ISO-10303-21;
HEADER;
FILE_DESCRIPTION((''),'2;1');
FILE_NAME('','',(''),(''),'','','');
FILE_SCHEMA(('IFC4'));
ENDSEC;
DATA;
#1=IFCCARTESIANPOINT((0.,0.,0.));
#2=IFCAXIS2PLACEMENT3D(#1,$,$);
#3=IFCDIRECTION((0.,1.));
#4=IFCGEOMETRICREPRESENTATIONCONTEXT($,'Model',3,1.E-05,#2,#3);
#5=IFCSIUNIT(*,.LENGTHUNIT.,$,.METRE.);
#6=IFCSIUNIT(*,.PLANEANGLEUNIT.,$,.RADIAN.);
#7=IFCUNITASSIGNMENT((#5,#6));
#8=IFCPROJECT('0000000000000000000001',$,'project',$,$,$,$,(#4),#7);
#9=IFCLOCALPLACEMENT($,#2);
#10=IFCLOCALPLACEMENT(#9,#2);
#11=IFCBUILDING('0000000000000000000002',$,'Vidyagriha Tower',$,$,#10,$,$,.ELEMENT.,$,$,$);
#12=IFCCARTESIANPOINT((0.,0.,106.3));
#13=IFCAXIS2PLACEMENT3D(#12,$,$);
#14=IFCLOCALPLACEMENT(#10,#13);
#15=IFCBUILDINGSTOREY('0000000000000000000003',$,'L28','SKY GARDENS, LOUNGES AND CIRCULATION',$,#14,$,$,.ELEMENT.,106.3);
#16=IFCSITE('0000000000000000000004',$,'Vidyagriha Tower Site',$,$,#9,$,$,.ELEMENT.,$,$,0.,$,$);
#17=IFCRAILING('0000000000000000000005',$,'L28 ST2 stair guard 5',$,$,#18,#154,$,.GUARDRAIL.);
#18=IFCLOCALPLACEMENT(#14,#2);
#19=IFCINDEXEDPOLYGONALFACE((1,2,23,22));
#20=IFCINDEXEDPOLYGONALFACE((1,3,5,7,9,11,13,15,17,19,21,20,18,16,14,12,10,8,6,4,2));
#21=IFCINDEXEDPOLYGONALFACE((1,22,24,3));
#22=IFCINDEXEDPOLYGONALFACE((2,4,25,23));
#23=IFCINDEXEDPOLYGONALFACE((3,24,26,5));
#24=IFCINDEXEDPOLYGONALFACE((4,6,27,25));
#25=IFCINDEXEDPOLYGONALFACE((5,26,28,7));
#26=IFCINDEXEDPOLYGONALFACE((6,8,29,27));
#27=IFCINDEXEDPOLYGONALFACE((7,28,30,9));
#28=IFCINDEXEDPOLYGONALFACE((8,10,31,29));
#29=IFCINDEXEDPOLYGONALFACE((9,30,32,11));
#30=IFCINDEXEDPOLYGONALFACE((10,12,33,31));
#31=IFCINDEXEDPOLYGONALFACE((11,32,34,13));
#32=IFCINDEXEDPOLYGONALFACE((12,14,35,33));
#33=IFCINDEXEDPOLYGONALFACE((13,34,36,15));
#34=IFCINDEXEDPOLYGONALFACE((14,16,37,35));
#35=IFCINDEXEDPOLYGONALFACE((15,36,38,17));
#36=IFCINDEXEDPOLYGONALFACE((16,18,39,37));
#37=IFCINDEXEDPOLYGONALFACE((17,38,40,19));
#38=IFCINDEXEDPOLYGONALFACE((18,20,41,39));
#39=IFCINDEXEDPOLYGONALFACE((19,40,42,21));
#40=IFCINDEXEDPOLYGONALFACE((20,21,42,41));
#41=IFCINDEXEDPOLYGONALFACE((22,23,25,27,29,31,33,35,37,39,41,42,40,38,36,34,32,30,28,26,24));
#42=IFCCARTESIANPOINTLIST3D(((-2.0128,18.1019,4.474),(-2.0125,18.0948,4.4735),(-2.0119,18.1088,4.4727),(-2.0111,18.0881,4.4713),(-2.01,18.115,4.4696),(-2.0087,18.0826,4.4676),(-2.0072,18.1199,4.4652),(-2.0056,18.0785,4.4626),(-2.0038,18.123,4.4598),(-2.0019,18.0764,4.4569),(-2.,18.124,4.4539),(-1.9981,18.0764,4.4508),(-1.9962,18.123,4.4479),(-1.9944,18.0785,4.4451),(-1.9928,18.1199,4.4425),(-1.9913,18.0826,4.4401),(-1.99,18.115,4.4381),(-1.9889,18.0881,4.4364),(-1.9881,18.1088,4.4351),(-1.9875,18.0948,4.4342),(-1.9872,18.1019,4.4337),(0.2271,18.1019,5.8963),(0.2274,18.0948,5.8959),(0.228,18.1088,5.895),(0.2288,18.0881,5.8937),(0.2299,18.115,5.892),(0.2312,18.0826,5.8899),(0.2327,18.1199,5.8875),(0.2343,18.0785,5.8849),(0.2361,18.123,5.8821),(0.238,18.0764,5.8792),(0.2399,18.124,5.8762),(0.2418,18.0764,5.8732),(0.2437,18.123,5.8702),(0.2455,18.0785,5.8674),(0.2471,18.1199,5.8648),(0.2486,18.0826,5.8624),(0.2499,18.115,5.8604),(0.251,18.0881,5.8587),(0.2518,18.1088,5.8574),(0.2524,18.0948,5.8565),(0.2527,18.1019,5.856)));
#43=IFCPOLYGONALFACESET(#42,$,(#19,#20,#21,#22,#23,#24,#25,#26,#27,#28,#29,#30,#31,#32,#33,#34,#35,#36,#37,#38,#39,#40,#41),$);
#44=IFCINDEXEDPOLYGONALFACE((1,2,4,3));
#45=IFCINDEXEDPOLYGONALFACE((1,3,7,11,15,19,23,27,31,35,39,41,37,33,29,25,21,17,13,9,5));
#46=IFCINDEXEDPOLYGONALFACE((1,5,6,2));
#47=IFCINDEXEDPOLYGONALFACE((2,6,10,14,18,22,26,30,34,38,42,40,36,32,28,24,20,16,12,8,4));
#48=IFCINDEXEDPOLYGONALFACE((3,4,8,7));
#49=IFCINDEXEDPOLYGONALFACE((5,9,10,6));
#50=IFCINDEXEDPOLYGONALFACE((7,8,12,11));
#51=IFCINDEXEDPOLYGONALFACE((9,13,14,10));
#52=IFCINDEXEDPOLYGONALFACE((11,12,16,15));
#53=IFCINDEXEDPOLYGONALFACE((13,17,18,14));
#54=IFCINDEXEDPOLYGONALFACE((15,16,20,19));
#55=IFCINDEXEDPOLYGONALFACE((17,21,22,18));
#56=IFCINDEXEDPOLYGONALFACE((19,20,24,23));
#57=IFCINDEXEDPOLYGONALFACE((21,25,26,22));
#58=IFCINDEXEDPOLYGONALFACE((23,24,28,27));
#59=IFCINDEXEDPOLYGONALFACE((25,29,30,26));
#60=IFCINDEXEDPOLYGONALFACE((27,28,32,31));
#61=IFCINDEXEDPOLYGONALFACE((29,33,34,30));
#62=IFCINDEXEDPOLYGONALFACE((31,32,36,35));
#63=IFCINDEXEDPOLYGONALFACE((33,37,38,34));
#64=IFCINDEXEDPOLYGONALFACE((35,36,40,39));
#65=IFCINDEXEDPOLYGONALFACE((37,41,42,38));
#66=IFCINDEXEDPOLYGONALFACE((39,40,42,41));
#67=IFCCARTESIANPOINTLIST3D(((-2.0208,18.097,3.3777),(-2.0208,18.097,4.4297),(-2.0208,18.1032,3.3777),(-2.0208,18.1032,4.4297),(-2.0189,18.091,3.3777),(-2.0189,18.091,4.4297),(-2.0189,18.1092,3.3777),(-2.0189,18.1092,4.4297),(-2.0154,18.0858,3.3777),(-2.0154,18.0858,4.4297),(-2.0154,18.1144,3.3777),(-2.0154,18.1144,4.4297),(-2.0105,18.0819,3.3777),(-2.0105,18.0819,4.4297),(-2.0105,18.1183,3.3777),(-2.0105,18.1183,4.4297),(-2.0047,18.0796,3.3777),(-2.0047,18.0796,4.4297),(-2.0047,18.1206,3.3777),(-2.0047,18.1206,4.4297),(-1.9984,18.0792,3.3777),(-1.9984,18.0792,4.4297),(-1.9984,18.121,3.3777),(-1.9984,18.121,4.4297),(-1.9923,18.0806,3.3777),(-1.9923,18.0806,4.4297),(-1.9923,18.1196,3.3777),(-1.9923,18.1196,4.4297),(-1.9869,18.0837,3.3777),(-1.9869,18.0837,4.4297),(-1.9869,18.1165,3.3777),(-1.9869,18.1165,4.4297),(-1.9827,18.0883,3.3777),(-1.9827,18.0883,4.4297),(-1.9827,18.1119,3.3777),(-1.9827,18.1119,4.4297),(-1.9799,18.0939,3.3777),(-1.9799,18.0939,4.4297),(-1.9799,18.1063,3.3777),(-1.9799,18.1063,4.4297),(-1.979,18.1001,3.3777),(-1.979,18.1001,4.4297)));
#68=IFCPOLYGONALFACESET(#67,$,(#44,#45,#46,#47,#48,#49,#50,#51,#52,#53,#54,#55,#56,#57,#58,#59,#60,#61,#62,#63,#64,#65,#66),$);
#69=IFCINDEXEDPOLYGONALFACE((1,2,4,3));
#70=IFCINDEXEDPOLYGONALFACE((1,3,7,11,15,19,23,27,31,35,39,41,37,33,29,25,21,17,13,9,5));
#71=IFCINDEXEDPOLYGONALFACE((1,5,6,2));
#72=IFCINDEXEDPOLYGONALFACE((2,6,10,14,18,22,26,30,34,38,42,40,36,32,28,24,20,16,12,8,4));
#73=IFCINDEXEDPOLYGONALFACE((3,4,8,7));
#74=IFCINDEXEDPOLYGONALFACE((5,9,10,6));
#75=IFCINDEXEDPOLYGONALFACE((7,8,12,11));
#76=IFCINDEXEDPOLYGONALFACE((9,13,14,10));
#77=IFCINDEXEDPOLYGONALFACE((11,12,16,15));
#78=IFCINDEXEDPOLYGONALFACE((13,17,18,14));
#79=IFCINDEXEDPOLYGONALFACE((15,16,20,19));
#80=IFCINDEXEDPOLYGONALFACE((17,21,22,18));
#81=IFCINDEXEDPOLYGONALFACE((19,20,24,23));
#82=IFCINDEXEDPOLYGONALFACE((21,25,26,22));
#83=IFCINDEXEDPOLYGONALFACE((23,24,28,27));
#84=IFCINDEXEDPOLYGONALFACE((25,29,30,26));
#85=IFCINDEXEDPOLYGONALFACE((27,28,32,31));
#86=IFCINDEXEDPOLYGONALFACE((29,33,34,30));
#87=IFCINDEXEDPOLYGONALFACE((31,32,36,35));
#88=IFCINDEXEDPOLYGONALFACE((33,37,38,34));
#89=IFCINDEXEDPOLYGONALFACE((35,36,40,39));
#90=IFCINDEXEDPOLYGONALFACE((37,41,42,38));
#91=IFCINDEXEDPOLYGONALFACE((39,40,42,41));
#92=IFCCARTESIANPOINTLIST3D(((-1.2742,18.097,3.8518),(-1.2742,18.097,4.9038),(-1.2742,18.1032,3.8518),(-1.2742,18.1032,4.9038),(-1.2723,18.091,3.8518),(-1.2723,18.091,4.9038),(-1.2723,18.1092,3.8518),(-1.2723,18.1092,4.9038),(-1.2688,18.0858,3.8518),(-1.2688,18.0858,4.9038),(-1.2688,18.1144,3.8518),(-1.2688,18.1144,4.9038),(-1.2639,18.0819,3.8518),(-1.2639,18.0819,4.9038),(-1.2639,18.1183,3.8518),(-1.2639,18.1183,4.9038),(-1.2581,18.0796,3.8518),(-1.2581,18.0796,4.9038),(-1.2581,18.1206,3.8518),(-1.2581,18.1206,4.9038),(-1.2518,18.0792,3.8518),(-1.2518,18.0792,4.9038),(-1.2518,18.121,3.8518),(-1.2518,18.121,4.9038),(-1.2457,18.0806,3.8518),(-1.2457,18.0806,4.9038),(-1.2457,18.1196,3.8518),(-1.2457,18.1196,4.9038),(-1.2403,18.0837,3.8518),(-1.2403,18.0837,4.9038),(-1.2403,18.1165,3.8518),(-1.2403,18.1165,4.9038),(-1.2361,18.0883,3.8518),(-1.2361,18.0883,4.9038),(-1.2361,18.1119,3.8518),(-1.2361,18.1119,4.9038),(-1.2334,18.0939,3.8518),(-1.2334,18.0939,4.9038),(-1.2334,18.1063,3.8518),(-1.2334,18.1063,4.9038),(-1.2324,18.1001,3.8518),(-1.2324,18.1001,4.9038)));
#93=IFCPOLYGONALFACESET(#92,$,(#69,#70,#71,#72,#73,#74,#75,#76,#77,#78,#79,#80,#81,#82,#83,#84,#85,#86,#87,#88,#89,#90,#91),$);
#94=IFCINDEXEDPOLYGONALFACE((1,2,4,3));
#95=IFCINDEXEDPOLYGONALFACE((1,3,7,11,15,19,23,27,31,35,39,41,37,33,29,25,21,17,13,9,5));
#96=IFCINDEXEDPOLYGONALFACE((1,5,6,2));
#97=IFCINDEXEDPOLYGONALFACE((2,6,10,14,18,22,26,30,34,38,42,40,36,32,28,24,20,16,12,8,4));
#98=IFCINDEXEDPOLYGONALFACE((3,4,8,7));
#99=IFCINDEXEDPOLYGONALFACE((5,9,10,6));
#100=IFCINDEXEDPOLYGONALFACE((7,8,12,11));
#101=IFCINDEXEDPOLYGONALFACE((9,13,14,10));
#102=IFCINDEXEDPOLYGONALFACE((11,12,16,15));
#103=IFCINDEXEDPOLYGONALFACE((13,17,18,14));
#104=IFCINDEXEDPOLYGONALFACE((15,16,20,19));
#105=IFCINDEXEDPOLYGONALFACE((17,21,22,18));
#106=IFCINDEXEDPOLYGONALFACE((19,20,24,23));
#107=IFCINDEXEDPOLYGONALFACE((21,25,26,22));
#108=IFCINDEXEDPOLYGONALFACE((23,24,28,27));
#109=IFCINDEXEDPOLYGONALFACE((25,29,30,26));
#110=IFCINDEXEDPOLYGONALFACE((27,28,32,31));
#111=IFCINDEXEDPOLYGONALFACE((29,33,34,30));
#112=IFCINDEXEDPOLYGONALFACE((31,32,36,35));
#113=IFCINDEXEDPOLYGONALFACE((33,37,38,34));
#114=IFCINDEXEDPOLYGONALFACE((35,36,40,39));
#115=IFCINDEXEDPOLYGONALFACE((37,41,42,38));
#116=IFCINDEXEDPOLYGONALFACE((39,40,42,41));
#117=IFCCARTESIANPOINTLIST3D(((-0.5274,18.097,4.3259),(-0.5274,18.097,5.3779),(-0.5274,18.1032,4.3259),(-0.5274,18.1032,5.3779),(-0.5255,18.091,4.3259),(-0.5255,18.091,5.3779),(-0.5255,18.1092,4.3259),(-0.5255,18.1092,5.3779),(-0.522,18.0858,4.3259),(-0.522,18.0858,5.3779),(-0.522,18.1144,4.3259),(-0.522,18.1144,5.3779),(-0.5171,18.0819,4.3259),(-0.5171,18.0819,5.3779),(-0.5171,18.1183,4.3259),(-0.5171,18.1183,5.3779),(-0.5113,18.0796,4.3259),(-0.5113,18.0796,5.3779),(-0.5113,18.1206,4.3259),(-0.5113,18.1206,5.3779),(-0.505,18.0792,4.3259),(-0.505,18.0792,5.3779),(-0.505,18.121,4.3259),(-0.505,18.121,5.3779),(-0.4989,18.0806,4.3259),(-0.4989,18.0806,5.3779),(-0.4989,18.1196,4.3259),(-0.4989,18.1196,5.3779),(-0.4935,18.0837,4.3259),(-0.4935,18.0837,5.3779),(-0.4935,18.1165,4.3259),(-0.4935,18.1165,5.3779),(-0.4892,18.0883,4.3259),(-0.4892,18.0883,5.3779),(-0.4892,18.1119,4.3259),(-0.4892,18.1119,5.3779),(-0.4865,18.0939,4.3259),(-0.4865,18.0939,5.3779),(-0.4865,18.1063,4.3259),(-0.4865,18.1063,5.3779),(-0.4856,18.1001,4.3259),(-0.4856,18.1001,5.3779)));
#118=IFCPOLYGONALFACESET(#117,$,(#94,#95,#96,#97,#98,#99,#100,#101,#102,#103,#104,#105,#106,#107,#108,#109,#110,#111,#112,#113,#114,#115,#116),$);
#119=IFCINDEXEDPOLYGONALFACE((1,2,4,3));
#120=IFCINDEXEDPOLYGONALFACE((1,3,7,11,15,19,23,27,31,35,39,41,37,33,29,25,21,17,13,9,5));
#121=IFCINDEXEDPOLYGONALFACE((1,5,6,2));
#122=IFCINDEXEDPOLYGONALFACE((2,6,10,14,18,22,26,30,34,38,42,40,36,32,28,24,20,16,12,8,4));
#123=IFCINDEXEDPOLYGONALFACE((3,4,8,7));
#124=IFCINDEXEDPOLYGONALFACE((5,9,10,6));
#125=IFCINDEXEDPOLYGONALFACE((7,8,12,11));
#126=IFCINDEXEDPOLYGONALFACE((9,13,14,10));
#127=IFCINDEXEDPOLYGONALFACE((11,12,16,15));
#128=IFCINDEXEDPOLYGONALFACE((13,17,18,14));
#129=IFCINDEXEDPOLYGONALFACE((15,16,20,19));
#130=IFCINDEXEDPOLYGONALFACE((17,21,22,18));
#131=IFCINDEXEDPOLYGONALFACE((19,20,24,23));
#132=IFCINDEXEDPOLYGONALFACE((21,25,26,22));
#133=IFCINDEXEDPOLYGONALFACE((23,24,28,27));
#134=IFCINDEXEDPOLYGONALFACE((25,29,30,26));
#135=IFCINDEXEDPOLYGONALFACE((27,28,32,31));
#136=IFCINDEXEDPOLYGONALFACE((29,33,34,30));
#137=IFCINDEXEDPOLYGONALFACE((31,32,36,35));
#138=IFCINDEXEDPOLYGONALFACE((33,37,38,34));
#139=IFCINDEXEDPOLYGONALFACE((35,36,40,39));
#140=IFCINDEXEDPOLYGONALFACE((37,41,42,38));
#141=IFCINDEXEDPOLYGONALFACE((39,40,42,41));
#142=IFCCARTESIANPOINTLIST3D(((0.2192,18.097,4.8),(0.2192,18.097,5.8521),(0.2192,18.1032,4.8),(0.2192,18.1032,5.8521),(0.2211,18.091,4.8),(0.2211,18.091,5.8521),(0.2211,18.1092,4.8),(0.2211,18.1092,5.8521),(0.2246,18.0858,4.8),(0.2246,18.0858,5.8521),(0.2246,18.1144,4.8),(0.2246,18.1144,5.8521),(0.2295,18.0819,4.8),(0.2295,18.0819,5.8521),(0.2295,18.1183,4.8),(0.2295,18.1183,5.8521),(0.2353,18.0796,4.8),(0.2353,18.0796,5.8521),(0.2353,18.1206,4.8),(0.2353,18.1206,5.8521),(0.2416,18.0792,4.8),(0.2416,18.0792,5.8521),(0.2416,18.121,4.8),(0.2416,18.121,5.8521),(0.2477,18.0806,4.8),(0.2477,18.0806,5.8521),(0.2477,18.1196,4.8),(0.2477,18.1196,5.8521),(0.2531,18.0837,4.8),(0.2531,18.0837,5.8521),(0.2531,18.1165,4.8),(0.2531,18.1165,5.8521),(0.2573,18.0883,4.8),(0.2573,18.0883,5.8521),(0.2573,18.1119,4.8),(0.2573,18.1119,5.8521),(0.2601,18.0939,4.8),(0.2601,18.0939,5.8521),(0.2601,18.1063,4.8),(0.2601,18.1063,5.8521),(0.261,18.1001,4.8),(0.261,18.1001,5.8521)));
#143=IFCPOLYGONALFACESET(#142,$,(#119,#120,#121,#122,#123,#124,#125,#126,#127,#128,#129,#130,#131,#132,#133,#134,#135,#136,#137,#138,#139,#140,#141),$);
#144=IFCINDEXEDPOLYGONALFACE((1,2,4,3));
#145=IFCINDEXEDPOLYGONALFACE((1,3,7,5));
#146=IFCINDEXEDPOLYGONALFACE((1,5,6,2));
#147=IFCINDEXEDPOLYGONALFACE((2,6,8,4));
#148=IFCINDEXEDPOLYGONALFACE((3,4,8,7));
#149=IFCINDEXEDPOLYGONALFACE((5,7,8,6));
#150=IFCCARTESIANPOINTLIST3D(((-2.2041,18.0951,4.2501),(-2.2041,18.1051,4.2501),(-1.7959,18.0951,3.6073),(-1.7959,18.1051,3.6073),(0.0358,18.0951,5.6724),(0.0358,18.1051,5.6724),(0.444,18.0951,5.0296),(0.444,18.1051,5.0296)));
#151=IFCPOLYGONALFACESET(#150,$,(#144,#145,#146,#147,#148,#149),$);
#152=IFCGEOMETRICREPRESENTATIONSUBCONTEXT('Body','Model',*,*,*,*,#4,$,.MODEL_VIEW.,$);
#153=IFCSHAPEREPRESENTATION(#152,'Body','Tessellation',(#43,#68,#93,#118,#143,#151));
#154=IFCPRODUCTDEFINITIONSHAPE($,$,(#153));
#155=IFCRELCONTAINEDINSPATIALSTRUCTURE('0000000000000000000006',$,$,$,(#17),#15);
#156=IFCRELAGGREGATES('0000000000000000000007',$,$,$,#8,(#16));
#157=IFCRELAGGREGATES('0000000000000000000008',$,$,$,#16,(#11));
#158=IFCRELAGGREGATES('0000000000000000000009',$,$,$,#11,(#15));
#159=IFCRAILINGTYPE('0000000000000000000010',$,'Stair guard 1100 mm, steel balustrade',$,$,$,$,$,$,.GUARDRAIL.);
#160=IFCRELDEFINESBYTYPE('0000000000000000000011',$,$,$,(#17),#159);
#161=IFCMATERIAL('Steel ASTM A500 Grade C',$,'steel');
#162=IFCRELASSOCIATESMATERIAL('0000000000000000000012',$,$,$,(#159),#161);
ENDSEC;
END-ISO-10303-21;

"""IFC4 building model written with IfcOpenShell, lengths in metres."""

from ifc_helpers import new_model, si_unit, direction, frame, origin, origin_2d, place, context, subcontext, project, spatial, rectangle, circle, extrude, material, type_object, element, save


model = new_model("IFC4")

# Units and contexts
model_context = context("Model", 3, precision=1e-05, world=origin(), true_north=direction((0.0, 1.0)))
body_context = subcontext(model_context, "Body", "Model", "MODEL_VIEW")
ifc_project = project(units=[si_unit("LENGTHUNIT", "METRE"), si_unit("PLANEANGLEUNIT", "RADIAN")], contexts=[model_context])

# Site, building, storey
site_placement = place(None, origin())
site = spatial("IfcSite", under=ifc_project, at=site_placement, Name="Vidyagriha Tower Site", CompositionType="ELEMENT", RefElevation=0.0)
building_placement = place(site_placement, origin())
building = spatial("IfcBuilding", under=site, at=building_placement, Name="Vidyagriha Tower", CompositionType="ELEMENT")
storey_placement = place(building_placement, frame((0.0, 0.0, 106.3)))
storey = spatial("IfcBuildingStorey", under=building, at=storey_placement, Name="L28", Description="SKY GARDENS, LOUNGES AND CIRCULATION", CompositionType="ELEMENT", Elevation=106.3)

# Railing
ifc_material_1 = material(Name="Steel ASTM A500 Grade C", Category="steel")
railing_type_1 = type_object("IfcRailingType", Name="Stair guard 1100 mm, steel balustrade", PredefinedType="GUARDRAIL", material=ifc_material_1)
railing_1_placement = place(storey_placement, frame((-2.0, 18.1001, 3.3777)))
element("IfcRailing", 1, at=railing_1_placement, inside=storey, type_object=railing_type_1, Name="L28 ST2 stair guard 5", PredefinedType="GUARDRAIL", context=body_context, shape_type="SweptSolid", body=[
    extrude(circle(Radius=0.0239, at=origin_2d()), frame((0.0, 0.0, 1.0762), z_axis=(0.844188, 0.0, 0.536048), x_axis=(0.0, 1.0, 0.0)), (0.0, 0.0, 1.0), 2.6533),
    extrude(circle(Radius=0.021, at=origin_2d()), origin(), (0.0, 0.0, 1.0), 1.052),
    extrude(circle(Radius=0.021, at=origin_2d()), frame((0.7466, 0.0, 0.4741)), (0.0, 0.0, 1.0), 1.052),
    extrude(circle(Radius=0.021, at=origin_2d()), frame((1.4934, 0.0, 0.9482)), (0.0, 0.0, 1.0), 1.052),
    extrude(circle(Radius=0.021, at=origin_2d()), frame((2.24, 0.0, 1.4224)), (0.0, 0.0, 1.0), 1.052),
    extrude(rectangle(XDim=0.01, YDim=0.7615, at=origin_2d()), frame((0.0, 0.0, 0.551), z_axis=(0.844188, 0.0, 0.536048), x_axis=(0.0, 1.0, 0.0)), (0.0, 0.0, 1.0), 2.6533),
])

save(model, "model.ifc")
